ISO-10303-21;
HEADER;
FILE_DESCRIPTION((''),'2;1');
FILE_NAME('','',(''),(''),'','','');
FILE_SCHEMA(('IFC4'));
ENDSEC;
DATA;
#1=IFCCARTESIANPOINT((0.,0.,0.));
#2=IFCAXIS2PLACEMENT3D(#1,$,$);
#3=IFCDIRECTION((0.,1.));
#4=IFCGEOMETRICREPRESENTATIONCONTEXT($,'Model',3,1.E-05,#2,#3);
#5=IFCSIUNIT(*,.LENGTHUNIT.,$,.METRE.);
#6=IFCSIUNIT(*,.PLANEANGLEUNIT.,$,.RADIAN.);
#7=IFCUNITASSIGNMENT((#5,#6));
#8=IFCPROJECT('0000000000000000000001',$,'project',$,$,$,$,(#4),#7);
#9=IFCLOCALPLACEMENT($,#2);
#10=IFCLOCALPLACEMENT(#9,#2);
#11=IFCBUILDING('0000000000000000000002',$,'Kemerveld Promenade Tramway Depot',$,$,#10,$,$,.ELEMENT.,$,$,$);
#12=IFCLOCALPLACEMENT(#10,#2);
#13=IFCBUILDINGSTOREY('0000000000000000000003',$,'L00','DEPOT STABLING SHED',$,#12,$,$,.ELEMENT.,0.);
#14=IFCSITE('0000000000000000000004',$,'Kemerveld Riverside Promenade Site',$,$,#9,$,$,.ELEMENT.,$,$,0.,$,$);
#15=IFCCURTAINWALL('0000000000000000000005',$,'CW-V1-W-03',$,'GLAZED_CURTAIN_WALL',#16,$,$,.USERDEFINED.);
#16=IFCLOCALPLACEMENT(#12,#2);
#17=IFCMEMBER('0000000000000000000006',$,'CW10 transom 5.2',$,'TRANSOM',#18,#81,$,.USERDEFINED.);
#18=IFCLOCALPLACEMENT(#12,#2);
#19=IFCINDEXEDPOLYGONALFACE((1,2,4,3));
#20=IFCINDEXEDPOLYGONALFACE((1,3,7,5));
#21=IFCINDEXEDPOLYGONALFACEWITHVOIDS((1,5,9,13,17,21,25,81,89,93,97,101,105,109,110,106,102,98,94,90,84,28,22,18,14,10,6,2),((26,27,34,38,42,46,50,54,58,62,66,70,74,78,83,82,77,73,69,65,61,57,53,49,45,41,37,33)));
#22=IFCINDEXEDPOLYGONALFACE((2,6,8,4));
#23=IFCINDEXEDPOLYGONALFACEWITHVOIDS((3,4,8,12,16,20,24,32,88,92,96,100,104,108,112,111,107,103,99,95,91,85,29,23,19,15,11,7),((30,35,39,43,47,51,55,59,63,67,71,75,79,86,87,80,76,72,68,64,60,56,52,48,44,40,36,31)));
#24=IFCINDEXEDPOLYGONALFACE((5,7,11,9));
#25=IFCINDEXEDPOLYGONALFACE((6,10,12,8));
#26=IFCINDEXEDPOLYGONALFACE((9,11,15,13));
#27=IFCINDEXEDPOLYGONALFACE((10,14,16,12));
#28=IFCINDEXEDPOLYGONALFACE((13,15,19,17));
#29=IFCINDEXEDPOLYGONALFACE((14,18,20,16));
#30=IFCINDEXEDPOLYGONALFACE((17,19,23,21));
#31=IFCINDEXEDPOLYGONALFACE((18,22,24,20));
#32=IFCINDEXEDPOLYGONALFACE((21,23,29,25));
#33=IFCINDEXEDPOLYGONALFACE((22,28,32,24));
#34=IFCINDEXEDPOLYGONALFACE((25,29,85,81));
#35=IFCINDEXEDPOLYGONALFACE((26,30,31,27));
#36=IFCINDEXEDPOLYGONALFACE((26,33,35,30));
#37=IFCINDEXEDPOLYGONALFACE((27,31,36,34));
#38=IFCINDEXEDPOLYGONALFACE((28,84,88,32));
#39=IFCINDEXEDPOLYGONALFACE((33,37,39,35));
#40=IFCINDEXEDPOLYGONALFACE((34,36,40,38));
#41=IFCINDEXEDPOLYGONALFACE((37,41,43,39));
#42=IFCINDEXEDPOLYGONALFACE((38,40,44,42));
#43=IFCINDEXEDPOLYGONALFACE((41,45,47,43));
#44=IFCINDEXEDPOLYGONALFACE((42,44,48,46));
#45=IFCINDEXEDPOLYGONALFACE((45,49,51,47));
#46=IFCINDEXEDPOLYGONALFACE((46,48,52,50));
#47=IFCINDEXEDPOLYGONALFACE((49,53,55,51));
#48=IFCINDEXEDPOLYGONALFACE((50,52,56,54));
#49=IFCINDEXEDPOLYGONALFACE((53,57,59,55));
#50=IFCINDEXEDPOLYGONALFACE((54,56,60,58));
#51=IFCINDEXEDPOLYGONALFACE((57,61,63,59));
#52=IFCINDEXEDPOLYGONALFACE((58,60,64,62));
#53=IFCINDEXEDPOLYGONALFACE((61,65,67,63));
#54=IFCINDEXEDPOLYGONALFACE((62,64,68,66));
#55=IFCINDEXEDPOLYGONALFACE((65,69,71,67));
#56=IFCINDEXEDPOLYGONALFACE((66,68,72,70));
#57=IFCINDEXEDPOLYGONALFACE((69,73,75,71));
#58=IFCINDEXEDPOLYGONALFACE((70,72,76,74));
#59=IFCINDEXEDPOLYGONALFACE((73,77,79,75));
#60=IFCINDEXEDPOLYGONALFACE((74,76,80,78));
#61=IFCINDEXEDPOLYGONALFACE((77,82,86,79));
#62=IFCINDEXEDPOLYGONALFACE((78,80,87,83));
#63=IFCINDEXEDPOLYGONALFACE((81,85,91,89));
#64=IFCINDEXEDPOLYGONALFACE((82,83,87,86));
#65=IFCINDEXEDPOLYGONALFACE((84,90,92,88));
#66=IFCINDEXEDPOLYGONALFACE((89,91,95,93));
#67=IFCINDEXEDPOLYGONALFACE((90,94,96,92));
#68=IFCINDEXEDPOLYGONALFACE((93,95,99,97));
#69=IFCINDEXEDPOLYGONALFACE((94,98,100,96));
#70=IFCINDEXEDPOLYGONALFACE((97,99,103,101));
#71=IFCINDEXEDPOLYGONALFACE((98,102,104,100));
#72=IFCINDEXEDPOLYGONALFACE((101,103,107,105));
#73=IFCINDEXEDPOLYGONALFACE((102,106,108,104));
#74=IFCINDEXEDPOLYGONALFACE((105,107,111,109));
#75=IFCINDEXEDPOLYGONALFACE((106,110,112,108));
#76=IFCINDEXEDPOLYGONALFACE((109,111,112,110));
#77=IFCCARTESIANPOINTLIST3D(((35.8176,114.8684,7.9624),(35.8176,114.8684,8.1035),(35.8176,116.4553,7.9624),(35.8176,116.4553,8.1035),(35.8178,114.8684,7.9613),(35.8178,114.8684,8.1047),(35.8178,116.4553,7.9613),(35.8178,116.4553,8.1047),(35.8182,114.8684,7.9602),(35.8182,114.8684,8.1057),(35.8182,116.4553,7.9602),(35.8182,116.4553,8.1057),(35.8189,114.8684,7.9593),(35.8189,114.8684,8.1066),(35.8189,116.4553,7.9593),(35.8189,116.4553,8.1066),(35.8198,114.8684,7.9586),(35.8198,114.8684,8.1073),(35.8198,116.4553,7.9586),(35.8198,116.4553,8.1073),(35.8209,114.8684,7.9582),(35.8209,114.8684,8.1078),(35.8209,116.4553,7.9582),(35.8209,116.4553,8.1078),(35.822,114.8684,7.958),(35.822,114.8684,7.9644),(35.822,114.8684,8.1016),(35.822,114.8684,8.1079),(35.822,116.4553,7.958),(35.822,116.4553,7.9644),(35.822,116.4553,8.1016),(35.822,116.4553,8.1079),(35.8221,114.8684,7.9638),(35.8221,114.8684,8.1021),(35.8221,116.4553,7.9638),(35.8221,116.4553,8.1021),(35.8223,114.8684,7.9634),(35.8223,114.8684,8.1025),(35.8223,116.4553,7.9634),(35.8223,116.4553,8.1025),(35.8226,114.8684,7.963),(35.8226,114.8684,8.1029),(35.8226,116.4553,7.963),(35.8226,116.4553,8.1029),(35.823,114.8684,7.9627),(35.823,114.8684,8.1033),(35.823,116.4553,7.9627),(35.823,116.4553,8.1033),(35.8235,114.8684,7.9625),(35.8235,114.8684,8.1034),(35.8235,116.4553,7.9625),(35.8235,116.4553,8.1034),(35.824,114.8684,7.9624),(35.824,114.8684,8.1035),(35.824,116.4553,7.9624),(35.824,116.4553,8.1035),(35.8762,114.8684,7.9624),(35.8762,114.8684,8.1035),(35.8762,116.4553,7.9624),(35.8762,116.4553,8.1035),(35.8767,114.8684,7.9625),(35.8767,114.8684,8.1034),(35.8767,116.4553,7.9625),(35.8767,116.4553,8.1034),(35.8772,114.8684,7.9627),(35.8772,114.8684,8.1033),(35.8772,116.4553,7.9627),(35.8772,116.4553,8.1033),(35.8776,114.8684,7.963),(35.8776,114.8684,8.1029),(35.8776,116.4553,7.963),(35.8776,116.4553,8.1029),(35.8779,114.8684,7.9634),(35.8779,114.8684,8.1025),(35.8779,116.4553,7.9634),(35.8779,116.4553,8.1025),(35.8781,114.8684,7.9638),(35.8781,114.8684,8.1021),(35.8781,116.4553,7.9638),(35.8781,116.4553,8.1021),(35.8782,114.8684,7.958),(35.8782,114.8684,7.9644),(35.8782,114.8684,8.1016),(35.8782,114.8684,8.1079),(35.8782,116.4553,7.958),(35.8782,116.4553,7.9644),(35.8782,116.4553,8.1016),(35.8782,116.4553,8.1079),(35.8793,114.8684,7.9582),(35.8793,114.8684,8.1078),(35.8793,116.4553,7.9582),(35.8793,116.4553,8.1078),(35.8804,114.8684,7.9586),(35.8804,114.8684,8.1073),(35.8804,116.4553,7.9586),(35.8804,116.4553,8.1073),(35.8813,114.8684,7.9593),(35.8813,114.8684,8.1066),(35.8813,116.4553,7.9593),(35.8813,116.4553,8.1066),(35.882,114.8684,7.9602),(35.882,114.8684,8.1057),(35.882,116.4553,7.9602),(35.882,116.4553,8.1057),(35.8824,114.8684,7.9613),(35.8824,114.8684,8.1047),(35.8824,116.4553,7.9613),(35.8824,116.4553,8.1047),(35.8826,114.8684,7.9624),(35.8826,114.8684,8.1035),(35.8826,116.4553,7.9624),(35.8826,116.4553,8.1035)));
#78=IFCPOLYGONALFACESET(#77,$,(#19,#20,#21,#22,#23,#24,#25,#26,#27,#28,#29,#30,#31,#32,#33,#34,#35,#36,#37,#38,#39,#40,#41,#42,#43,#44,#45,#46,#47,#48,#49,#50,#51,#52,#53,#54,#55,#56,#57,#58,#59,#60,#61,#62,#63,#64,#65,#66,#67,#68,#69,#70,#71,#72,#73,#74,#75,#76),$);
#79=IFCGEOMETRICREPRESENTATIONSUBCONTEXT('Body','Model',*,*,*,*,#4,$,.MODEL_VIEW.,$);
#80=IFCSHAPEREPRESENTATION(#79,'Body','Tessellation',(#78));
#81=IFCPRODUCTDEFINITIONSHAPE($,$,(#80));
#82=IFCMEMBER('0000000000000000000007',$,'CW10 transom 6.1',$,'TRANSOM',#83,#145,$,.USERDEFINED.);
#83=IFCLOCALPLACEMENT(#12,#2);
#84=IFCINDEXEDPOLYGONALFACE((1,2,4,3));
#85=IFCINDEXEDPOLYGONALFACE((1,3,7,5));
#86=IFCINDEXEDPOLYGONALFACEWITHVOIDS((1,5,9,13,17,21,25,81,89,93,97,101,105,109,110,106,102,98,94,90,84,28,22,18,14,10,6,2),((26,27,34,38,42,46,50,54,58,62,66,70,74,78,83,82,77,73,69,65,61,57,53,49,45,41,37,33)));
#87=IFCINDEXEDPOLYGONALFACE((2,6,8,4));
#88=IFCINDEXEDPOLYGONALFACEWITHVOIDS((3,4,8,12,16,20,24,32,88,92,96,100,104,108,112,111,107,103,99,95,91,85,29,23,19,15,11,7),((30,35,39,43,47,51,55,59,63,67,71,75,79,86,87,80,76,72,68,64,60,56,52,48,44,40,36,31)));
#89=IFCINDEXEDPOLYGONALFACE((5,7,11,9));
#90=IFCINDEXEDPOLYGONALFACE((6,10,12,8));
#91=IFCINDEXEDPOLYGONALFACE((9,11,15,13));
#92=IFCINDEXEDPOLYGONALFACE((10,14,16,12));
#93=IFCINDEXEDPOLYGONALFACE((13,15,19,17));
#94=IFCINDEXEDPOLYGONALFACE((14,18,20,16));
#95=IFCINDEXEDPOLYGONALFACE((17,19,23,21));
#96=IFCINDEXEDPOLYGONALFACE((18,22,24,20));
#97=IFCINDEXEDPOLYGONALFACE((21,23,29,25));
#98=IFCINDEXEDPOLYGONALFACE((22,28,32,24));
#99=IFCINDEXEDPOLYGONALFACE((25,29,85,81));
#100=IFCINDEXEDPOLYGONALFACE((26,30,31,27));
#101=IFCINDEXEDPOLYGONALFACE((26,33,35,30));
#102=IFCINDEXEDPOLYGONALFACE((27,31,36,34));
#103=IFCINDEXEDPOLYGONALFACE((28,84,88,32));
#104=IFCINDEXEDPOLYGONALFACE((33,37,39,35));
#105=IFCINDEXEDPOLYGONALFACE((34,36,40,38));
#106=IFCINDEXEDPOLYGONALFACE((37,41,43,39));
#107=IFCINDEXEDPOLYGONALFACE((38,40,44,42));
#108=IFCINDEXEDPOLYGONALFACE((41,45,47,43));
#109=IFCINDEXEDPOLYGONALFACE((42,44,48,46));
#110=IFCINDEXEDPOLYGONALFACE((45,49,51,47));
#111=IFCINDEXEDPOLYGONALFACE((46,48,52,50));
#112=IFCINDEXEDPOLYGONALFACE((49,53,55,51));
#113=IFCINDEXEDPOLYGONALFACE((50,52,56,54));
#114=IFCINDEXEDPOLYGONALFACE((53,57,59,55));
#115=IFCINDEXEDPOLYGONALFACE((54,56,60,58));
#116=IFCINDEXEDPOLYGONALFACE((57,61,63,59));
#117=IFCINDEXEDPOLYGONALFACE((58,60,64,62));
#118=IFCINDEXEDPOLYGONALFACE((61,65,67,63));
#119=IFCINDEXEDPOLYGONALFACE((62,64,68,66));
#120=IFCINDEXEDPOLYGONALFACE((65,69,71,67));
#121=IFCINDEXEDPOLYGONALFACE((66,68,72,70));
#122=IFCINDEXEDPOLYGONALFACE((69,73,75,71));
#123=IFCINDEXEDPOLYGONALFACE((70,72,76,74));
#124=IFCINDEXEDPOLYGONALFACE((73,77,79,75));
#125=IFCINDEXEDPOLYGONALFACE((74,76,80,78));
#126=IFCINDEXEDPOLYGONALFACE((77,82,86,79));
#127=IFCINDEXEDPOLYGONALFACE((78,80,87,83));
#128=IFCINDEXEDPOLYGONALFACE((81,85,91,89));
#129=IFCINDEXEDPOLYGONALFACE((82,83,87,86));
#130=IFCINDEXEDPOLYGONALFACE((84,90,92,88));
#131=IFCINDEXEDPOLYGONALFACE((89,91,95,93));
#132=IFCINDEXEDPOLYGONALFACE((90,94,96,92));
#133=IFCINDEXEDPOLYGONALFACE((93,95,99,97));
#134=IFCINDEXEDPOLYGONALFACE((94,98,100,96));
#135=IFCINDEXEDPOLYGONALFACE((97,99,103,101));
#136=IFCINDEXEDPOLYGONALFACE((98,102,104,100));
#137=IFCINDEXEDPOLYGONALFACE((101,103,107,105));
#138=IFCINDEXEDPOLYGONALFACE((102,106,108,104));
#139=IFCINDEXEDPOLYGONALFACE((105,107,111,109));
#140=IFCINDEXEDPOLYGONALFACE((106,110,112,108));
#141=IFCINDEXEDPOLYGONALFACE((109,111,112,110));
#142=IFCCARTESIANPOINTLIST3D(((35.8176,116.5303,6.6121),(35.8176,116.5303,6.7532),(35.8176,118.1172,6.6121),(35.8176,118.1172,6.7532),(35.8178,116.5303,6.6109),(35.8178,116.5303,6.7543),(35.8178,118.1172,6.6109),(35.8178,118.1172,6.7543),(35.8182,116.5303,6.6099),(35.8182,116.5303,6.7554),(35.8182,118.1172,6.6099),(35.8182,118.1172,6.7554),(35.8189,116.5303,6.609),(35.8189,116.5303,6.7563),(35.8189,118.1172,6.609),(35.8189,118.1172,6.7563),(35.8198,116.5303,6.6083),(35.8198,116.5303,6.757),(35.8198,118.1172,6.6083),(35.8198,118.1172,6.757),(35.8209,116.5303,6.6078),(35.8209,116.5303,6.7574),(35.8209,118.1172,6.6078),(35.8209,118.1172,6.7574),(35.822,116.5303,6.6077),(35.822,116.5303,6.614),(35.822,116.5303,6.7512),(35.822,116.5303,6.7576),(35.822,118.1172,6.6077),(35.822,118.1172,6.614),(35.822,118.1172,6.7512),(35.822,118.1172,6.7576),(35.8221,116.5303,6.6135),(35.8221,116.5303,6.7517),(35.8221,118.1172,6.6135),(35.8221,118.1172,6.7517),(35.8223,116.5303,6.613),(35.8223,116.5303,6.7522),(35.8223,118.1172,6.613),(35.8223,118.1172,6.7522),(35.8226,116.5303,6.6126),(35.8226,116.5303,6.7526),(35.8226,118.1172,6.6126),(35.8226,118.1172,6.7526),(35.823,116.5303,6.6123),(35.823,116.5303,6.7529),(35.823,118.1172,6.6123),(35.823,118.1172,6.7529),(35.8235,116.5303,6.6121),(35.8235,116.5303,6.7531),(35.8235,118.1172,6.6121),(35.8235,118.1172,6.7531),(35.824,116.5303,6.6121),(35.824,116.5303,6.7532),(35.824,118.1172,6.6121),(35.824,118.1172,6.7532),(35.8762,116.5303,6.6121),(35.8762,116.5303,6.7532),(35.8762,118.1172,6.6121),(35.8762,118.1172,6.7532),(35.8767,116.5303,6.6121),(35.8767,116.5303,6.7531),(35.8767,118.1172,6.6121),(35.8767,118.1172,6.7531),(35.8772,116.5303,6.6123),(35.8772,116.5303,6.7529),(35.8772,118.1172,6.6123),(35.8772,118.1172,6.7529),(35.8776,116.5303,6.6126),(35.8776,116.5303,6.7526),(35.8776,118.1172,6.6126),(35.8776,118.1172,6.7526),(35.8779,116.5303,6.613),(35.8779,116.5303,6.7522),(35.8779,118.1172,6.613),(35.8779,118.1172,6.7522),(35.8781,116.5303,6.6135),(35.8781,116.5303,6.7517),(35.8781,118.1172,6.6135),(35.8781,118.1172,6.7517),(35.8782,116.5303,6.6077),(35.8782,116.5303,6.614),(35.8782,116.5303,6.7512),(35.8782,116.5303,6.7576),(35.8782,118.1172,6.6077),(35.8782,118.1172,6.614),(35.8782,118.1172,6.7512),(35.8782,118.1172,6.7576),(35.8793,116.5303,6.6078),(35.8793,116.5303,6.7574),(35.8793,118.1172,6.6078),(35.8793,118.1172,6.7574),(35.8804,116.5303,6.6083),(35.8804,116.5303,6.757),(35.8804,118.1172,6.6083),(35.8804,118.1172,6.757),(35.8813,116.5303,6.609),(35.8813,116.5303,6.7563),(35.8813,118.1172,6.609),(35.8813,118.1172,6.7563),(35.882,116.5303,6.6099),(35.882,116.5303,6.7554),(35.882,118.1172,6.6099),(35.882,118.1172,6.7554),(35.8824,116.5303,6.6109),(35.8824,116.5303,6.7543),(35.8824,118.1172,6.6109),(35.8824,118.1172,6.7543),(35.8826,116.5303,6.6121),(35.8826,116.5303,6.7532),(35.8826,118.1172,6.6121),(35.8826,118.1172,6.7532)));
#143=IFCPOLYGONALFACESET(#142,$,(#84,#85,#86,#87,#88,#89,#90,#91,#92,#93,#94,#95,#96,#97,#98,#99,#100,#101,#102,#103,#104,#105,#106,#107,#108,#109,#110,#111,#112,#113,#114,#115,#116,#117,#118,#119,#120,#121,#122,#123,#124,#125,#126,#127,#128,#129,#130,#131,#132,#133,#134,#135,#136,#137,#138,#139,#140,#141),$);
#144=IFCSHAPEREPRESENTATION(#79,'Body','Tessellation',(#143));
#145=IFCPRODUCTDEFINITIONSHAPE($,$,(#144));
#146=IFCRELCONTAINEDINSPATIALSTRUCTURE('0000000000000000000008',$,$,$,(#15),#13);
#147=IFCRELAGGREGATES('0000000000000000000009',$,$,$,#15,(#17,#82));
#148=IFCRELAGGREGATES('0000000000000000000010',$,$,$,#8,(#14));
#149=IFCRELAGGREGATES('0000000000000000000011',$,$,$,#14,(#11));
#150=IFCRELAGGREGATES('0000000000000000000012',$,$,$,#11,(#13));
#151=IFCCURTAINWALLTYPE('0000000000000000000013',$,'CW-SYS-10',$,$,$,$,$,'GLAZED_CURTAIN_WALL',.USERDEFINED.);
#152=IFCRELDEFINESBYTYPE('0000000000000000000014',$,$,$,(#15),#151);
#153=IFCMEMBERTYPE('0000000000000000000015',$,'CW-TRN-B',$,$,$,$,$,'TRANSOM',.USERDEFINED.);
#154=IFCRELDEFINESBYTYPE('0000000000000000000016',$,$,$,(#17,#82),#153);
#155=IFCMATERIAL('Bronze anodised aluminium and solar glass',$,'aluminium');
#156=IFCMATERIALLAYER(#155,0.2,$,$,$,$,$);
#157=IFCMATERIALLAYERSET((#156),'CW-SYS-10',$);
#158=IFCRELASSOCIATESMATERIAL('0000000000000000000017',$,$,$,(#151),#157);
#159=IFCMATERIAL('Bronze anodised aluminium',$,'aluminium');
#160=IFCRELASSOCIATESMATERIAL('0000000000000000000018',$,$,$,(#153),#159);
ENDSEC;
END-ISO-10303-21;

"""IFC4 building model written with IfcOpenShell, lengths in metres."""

from ifc_helpers import new_model, si_unit, direction, frame, origin, origin_2d, place, context, subcontext, project, spatial, hollow_rectangle, extrude, material, layer, layer_set, material_profile, profile_set, type_object, element, aggregate, save


model = new_model("IFC4")

# Units and contexts
model_context = context("Model", 3, precision=1e-05, world=origin(), true_north=direction((0.0, 1.0)))
body_context = subcontext(model_context, "Body", "Model", "MODEL_VIEW")
ifc_project = project(units=[si_unit("LENGTHUNIT", "METRE"), si_unit("PLANEANGLEUNIT", "RADIAN")], contexts=[model_context])

# Site, building, storey
site_placement = place(None, origin())
site = spatial("IfcSite", under=ifc_project, at=site_placement, Name="Kemerveld Riverside Promenade Site", CompositionType="ELEMENT", RefElevation=0.0)
building_placement = place(site_placement, origin())
building = spatial("IfcBuilding", under=site, at=building_placement, Name="Kemerveld Promenade Tramway Depot", CompositionType="ELEMENT")
storey_placement = place(building_placement, origin())
storey = spatial("IfcBuildingStorey", under=building, at=storey_placement, Name="L00", Description="DEPOT STABLING SHED", CompositionType="ELEMENT", Elevation=0.0)

# Curtain wall
ifc_material_1 = material(Name="Bronze anodised aluminium and solar glass", Category="aluminium")
ifc_material_2 = material(Name="Bronze anodised aluminium", Category="aluminium")
ifc_layer_1 = layer(ifc_material_1, 0.2)
ifc_layer_set_1 = layer_set([ifc_layer_1], Name="CW-SYS-10")
curtain_wall_type_1 = type_object("IfcCurtainWallType", Name="CW-SYS-10", ElementType="GLAZED_CURTAIN_WALL", PredefinedType="USERDEFINED", material=ifc_layer_set_1)
curtain_wall_1_placement = place(storey_placement, origin())
curtain_wall_1 = element("IfcCurtainWall", 1, at=curtain_wall_1_placement, inside=storey, type_object=curtain_wall_type_1, Name="CW-V1-W-03", ObjectType="GLAZED_CURTAIN_WALL", PredefinedType="USERDEFINED")

# Members
ifc_material_profile_1 = material_profile(ifc_material_2, hollow_rectangle(XDim=0.0649, YDim=0.1499, WallThickness=0.0044, InnerFilletRadius=0.002, OuterFilletRadius=0.0044, at=origin_2d()), Name="CW-TRN-150x65")
ifc_profile_set_1 = profile_set([ifc_material_profile_1], Name="Bronze anodised aluminium")
member_type_1 = type_object("IfcMemberType", Name="CW-TRN-B", ElementType="TRANSOM", PredefinedType="USERDEFINED", material=ifc_profile_set_1)
member_1_placement = place(storey_placement, frame((35.8501, 114.8684, 8.033), z_axis=(0.0, 1.0, 0.0), x_axis=(-1.0, 0.0, 0.0)))
member_1 = element("IfcMember", 2, at=member_1_placement, type_object=member_type_1, Name="CW10 transom 5.2", ObjectType="TRANSOM", PredefinedType="USERDEFINED", context=body_context, shape_type="SweptSolid", body=[
    extrude(hollow_rectangle(XDim=0.0649, YDim=0.1499, WallThickness=0.0044, InnerFilletRadius=0.002, OuterFilletRadius=0.0044, at=origin_2d()), origin(), (0.0, 0.0, 1.0), 1.5869),
])
member_2_placement = place(storey_placement, frame((35.8501, 116.5303, 6.6826), z_axis=(0.0, 1.0, 0.0), x_axis=(-1.0, 0.0, 0.0)))
member_2 = element("IfcMember", 3, at=member_2_placement, type_object=member_type_1, Name="CW10 transom 6.1", ObjectType="TRANSOM", PredefinedType="USERDEFINED", context=body_context, shape_type="SweptSolid", body=[
    extrude(hollow_rectangle(XDim=0.0649, YDim=0.1499, WallThickness=0.0044, InnerFilletRadius=0.002, OuterFilletRadius=0.0044, at=origin_2d()), origin(), (0.0, 0.0, 1.0), 1.5869),
])

aggregate(curtain_wall_1, [member_1, member_2])

save(model, "model.ifc")
